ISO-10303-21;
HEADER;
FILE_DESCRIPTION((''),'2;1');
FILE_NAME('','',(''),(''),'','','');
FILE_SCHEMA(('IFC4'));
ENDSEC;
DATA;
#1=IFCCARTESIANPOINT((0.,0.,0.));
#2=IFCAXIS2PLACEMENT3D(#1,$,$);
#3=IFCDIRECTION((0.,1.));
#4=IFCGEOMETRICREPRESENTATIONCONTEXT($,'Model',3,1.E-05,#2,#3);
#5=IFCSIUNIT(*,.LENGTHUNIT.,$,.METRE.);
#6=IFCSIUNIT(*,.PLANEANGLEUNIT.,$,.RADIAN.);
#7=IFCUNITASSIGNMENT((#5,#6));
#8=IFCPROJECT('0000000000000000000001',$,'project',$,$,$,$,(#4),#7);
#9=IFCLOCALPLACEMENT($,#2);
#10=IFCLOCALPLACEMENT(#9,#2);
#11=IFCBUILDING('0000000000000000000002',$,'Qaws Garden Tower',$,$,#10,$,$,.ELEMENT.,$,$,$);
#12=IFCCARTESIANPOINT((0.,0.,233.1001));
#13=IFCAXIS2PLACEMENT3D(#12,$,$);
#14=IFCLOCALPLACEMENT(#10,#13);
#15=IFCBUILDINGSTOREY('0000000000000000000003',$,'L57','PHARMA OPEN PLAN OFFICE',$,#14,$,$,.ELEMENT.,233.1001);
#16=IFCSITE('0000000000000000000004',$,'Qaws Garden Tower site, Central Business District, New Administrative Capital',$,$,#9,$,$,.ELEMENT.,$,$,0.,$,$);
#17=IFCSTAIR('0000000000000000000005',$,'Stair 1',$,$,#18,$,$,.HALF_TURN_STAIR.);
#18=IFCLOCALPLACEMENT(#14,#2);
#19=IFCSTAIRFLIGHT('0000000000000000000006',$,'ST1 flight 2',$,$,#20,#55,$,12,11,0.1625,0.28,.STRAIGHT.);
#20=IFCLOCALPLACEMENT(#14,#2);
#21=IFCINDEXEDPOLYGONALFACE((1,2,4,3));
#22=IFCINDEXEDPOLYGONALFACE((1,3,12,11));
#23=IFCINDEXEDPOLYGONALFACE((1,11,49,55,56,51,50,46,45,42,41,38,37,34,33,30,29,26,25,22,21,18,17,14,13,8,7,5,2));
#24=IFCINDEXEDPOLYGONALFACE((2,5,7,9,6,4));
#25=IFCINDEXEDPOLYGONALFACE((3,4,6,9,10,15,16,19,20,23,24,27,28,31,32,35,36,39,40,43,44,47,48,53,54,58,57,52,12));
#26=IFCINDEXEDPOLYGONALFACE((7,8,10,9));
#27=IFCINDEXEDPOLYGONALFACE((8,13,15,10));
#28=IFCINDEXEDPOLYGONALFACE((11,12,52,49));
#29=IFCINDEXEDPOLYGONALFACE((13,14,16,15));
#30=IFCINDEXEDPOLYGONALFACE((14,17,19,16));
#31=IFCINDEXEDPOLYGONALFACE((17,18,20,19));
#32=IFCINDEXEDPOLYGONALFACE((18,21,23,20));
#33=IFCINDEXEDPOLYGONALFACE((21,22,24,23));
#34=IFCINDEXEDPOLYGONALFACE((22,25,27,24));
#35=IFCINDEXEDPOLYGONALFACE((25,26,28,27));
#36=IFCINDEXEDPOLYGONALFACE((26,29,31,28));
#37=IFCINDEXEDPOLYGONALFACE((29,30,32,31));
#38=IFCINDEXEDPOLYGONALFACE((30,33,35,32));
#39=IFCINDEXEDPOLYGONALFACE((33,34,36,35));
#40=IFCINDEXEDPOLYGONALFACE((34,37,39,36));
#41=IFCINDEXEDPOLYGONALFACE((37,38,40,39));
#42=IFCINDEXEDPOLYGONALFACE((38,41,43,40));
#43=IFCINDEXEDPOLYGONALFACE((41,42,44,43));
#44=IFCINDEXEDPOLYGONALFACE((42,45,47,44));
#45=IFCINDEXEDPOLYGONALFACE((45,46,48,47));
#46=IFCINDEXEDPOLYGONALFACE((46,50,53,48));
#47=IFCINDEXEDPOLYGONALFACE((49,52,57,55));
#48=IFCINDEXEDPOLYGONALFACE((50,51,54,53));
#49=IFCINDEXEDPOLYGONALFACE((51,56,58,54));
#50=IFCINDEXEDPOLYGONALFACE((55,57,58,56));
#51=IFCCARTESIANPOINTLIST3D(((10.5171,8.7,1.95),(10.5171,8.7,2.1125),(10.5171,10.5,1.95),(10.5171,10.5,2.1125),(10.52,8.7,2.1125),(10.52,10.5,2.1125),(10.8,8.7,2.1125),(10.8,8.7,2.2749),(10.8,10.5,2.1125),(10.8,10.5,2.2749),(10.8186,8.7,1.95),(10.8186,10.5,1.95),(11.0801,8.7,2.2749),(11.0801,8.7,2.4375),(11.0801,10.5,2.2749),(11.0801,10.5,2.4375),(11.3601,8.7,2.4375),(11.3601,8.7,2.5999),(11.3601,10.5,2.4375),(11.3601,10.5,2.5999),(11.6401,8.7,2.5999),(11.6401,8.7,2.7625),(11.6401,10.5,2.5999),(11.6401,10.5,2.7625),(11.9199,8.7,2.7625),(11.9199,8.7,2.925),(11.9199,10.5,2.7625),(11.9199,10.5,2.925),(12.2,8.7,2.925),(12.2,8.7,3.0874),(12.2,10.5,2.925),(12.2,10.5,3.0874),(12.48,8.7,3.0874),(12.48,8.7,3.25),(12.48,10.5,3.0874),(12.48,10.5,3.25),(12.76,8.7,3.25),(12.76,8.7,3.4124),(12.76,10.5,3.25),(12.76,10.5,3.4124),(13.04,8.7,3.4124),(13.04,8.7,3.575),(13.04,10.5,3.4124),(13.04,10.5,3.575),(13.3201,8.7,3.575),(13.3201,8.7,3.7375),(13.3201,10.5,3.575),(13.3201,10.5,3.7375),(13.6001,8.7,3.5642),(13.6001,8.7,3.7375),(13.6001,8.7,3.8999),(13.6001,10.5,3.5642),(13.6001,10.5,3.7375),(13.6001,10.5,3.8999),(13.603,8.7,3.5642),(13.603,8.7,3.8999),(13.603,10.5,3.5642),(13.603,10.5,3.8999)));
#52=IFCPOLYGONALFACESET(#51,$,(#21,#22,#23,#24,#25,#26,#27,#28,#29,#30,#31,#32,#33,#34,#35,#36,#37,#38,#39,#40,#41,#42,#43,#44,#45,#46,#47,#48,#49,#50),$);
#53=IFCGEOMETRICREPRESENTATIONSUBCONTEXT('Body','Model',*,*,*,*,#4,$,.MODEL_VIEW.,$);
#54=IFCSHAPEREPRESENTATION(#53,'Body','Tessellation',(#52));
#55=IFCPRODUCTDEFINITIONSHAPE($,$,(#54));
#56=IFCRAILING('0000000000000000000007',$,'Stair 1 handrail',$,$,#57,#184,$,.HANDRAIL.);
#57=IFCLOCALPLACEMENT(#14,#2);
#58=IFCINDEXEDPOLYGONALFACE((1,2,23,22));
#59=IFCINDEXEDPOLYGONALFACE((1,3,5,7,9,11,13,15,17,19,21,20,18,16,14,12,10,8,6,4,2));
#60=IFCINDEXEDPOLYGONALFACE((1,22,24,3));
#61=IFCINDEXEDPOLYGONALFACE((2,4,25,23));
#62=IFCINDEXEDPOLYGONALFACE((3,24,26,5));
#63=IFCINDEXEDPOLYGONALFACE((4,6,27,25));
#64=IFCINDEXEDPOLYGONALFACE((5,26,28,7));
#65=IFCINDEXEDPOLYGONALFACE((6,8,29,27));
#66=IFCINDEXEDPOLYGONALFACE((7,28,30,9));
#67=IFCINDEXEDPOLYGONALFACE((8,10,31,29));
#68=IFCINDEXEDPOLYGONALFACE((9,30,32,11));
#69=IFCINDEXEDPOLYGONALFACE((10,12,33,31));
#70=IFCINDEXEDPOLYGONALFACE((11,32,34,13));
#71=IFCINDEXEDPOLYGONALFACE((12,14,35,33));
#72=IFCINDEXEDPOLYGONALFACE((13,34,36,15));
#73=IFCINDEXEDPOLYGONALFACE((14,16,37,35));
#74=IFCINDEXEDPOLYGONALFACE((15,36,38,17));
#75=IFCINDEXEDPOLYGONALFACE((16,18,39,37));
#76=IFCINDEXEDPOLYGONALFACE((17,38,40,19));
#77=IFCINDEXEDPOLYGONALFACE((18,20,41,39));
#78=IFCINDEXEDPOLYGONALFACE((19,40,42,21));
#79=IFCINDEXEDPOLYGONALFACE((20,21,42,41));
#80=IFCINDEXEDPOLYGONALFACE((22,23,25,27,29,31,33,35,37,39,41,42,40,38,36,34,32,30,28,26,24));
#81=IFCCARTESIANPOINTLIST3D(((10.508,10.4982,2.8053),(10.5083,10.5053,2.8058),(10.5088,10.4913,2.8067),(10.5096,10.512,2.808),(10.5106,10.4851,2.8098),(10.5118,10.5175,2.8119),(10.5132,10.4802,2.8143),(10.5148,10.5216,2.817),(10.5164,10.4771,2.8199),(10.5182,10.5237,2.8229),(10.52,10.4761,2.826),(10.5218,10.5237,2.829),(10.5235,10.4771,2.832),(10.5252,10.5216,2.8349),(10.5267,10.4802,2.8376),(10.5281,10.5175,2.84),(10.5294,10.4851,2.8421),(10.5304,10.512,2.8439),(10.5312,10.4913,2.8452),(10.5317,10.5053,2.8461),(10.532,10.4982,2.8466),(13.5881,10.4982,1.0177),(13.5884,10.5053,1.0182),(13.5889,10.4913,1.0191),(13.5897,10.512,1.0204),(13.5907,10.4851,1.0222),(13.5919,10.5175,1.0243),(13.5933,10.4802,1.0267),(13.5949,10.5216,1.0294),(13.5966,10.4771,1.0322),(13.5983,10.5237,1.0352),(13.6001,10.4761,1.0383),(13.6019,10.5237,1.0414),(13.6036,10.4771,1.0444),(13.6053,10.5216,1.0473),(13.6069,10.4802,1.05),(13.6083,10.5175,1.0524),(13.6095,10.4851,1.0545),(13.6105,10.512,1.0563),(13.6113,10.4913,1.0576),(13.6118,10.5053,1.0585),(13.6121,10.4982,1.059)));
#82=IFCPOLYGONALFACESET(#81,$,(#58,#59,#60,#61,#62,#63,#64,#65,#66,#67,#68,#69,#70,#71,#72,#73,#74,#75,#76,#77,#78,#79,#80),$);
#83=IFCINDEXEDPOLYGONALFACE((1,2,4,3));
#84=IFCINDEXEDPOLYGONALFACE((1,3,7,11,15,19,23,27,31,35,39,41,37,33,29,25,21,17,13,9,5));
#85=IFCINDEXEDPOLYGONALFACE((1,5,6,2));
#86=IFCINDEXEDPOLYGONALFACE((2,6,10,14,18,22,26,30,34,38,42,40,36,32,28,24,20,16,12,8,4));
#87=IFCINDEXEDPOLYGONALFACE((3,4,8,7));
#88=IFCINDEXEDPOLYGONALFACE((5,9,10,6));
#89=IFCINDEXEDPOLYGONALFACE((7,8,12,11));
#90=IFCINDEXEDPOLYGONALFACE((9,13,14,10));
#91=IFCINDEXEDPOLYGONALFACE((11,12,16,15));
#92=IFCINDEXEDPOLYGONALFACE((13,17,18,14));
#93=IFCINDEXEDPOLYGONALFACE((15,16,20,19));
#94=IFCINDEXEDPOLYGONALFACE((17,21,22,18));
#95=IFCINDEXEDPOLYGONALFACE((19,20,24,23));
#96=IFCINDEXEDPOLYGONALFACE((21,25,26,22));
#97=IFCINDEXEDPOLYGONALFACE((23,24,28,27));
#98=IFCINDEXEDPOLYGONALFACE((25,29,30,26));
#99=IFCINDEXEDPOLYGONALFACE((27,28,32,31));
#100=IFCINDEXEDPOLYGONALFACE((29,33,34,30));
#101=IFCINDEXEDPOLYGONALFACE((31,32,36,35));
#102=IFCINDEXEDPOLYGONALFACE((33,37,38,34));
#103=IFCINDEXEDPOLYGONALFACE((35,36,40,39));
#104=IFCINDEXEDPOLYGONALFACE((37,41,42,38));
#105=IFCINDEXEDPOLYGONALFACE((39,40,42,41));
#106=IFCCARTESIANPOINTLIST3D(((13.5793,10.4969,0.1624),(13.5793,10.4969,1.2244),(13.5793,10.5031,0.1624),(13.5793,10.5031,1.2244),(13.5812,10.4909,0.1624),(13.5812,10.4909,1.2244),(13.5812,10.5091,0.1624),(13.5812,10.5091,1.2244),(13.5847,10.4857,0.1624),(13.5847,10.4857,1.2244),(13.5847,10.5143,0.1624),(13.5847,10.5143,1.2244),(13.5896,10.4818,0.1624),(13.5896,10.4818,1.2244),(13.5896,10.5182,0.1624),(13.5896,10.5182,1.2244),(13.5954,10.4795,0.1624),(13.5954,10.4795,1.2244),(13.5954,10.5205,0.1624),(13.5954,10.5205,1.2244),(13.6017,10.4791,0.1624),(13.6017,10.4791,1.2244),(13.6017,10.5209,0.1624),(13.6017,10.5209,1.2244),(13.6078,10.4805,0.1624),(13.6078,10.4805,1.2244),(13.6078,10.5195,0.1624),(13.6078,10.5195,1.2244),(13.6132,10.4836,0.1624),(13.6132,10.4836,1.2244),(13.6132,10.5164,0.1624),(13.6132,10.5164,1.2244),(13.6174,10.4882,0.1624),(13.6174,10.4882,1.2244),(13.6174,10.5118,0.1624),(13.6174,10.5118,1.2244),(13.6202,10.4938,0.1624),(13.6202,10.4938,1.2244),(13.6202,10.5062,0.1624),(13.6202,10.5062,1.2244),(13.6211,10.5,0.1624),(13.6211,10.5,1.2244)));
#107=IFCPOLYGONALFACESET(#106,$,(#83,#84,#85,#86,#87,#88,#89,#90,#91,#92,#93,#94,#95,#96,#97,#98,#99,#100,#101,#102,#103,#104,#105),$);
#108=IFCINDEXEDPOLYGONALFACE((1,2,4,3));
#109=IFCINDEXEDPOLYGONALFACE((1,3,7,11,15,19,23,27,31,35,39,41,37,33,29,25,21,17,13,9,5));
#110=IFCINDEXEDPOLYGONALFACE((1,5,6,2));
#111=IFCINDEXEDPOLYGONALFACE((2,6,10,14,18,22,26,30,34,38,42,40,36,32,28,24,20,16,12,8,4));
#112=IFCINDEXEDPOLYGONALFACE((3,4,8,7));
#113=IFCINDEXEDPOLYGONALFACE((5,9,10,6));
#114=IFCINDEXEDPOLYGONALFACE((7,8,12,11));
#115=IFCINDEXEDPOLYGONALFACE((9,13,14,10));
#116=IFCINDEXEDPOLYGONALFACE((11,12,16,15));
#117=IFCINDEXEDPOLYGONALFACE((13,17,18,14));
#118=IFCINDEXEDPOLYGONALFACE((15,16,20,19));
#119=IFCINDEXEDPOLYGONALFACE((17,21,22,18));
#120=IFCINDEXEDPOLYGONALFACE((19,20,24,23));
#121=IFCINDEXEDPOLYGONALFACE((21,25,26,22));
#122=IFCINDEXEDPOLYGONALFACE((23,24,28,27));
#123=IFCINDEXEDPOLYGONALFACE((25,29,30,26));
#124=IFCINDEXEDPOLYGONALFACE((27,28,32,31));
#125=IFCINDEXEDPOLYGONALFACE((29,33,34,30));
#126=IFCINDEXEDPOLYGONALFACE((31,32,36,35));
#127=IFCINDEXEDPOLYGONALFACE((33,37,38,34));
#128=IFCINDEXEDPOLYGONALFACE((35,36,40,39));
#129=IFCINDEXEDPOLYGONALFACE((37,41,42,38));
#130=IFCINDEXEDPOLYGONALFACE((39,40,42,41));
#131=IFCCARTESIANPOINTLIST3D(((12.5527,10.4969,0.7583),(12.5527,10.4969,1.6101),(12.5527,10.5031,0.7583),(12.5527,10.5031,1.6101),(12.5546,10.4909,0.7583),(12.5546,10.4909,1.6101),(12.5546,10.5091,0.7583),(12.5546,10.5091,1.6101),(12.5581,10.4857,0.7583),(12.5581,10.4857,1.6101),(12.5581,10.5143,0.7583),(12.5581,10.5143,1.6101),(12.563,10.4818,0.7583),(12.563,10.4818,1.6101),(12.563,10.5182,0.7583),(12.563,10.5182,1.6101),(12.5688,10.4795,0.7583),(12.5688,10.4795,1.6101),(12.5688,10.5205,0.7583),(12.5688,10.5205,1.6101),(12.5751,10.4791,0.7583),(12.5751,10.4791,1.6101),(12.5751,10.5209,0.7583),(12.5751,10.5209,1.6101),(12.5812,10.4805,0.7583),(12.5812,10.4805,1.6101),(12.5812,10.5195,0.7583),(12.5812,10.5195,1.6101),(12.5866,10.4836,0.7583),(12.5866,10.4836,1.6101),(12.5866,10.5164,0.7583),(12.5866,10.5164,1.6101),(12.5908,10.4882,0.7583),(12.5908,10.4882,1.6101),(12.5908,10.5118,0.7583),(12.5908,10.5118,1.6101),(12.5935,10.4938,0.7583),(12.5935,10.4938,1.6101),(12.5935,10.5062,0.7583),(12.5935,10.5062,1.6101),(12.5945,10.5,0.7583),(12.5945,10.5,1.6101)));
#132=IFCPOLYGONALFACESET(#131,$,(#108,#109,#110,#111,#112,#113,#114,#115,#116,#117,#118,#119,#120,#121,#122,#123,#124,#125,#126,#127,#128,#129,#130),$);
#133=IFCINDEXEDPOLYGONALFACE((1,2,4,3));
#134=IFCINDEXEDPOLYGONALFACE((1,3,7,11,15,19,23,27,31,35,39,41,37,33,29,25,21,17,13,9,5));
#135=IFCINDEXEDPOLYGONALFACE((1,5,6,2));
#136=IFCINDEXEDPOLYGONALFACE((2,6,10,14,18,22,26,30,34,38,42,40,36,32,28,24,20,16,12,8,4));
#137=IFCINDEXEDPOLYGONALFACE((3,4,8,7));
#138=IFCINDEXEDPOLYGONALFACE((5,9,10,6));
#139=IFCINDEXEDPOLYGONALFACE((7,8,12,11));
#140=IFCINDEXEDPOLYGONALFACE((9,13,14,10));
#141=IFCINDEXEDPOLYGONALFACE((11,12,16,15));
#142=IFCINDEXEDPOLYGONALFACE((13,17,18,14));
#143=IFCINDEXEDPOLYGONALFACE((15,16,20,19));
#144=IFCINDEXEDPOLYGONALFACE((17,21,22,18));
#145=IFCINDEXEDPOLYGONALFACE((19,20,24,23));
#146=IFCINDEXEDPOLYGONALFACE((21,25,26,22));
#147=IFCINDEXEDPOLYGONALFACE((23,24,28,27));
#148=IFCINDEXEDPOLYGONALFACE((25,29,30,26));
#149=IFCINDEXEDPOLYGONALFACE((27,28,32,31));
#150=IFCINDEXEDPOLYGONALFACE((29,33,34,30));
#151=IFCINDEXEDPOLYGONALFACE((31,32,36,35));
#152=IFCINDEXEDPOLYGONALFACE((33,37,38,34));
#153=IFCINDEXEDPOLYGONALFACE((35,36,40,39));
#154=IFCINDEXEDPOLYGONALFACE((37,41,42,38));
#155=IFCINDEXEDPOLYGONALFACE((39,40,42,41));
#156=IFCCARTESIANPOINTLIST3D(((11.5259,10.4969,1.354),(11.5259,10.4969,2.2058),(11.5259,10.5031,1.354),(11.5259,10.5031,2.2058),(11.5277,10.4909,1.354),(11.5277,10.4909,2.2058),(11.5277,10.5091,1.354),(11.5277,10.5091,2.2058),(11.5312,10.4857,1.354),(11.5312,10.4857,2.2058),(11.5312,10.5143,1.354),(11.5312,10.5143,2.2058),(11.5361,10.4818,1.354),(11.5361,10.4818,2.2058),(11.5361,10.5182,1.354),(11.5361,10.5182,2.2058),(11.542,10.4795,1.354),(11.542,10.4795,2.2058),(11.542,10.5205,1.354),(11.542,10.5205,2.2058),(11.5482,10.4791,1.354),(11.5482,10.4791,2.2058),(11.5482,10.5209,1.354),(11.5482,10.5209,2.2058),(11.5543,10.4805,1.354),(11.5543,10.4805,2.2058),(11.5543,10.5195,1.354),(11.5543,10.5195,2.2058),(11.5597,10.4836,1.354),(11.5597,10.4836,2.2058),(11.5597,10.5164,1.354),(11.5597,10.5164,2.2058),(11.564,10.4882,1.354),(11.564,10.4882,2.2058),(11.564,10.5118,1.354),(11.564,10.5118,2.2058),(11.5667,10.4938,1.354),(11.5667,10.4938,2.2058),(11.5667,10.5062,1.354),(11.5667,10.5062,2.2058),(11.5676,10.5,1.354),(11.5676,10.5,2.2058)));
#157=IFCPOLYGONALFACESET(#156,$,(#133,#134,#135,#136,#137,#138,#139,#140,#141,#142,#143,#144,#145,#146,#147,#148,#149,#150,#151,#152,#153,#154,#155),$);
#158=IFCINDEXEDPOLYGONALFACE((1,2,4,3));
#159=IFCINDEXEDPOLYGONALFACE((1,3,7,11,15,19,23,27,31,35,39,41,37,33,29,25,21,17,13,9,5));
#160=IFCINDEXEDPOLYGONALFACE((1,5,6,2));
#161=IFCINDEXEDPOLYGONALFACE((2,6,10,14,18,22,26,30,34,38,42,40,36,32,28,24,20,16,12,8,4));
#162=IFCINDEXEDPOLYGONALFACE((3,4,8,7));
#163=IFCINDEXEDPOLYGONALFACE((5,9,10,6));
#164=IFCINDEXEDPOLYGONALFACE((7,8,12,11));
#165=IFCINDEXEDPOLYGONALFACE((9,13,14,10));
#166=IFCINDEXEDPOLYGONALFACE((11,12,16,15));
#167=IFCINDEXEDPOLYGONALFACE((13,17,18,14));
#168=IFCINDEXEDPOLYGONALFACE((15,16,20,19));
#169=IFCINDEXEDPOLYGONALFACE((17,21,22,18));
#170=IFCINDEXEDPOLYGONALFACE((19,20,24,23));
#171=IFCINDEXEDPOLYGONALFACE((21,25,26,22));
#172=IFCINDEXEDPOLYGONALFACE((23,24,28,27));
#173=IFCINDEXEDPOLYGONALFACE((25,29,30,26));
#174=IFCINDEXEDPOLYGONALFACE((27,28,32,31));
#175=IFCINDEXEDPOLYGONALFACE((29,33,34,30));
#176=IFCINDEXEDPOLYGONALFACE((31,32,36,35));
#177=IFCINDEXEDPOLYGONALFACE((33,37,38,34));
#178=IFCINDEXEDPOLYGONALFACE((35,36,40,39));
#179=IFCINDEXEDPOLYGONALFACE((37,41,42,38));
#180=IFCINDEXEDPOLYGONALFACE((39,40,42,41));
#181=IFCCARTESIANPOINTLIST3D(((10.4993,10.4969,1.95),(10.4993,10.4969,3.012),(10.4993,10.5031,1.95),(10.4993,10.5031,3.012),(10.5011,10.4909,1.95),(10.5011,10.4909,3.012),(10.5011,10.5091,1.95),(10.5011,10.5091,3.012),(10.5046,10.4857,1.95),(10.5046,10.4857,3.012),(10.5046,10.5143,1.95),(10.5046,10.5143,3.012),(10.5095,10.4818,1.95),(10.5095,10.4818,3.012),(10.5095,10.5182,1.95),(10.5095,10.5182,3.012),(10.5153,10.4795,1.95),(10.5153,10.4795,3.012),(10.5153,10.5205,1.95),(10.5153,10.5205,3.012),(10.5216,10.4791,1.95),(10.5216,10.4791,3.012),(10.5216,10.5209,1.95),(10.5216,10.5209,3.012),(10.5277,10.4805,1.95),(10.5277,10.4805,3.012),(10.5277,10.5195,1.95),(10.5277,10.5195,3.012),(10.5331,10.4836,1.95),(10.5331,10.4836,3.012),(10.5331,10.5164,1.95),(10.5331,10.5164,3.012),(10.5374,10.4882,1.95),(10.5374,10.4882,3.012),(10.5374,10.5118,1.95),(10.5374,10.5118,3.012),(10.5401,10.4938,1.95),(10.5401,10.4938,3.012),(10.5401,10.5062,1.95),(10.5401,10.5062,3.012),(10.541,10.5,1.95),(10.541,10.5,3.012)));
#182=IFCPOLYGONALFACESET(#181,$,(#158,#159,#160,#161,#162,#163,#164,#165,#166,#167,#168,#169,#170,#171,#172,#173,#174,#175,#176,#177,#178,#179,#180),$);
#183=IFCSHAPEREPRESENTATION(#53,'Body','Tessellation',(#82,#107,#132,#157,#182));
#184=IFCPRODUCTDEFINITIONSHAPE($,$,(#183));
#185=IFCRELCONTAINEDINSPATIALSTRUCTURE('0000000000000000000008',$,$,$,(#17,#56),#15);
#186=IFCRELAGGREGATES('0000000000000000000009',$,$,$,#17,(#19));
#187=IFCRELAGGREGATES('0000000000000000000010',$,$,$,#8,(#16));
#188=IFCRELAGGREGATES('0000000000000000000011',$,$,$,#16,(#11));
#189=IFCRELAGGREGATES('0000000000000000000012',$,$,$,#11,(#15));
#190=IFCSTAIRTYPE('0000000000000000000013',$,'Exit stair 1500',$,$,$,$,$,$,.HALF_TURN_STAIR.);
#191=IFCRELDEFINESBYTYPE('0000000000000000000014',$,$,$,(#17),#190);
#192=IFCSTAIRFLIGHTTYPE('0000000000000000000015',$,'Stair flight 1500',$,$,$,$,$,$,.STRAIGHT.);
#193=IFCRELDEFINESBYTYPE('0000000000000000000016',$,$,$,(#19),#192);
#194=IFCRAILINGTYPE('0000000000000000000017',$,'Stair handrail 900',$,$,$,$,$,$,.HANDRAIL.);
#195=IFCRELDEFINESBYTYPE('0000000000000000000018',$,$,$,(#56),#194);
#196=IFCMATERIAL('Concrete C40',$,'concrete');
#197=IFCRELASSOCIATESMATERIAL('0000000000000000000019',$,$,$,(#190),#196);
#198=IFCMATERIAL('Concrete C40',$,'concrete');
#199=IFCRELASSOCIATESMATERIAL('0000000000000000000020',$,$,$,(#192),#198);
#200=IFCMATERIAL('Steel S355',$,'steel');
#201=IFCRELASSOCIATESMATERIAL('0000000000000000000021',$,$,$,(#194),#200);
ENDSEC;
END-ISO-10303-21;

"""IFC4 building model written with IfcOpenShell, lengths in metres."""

from ifc_helpers import new_model, si_unit, direction, frame, origin, origin_2d, place, context, subcontext, project, spatial, polyline, circle, outline, extrude, material, type_object, element, aggregate, save


model = new_model("IFC4")

# Units and contexts
model_context = context("Model", 3, precision=1e-05, world=origin(), true_north=direction((0.0, 1.0)))
body_context = subcontext(model_context, "Body", "Model", "MODEL_VIEW")
ifc_project = project(units=[si_unit("LENGTHUNIT", "METRE"), si_unit("PLANEANGLEUNIT", "RADIAN")], contexts=[model_context])

# Site, building, storey
site_placement = place(None, origin())
site = spatial("IfcSite", under=ifc_project, at=site_placement, Name="Qaws Garden Tower site, Central Business District, New Administrative Capital", CompositionType="ELEMENT", RefElevation=0.0)
building_placement = place(site_placement, origin())
building = spatial("IfcBuilding", under=site, at=building_placement, Name="Qaws Garden Tower", CompositionType="ELEMENT")
storey_placement = place(building_placement, frame((0.0, 0.0, 233.1001)))
storey = spatial("IfcBuildingStorey", under=building, at=storey_placement, Name="L57", Description="PHARMA OPEN PLAN OFFICE", CompositionType="ELEMENT", Elevation=233.1001)

# Stair, stair flight
ifc_material_1 = material(Name="Concrete C40", Category="concrete")
stair_type = type_object("IfcStairType", Name="Exit stair 1500", PredefinedType="HALF_TURN_STAIR", material=ifc_material_1)
stair_placement = place(storey_placement, origin())
stair = element("IfcStair", 1, at=stair_placement, inside=storey, type_object=stair_type, Name="Stair 1", PredefinedType="HALF_TURN_STAIR")
ifc_material_2 = material(Name="Concrete C40", Category="concrete")
stair_flight_type = type_object("IfcStairFlightType", Name="Stair flight 1500", PredefinedType="STRAIGHT", material=ifc_material_2)
stair_flight_1_placement = place(storey_placement, frame((10.52, 9.6001, 1.95), z_axis=(0.0, 0.0, 1.0), x_axis=(1.0, 0.0, 0.0)))
stair_flight_1 = element("IfcStairFlight", 2, at=stair_flight_1_placement, type_object=stair_flight_type, Name="ST1 flight 2", NumberOfRisers=12, NumberOfTreads=11, PredefinedType="STRAIGHT", RiserHeight=0.1625, TreadLength=0.28, context=body_context, shape_type="SweptSolid", body=[
    extrude(outline(polyline([(-0.0029, 0.0), (-0.0029, 0.1626), (0.0, 0.1626), (0.28, 0.1626), (0.28, 0.325), (0.5601, 0.325), (0.5601, 0.4875), (0.8401, 0.4875), (0.8401, 0.6499), (1.1201, 0.6499), (1.1201, 0.8125), (1.3999, 0.8125), (1.3999, 0.9751), (1.6799, 0.9751), (1.6799, 1.1375), (1.96, 1.1375), (1.96, 1.3), (2.24, 1.3), (2.24, 1.4624), (2.52, 1.4624), (2.52, 1.625), (2.8, 1.625), (2.8, 1.7876), (3.0801, 1.7876), (3.0801, 1.95), (3.083, 1.95), (3.083, 1.6143), (3.0801, 1.6143), (0.2986, 0.0), (-0.0029, 0.0)])), frame((0.0, 0.8999, 0.0), z_axis=(0.0, -1.0, 0.0), x_axis=(1.0, 0.0, 0.0)), (0.0, 0.0, 1.0), 1.8),
])
aggregate(stair, [stair_flight_1])

# Railing
ifc_material_3 = material(Name="Steel S355", Category="steel")
railing_type = type_object("IfcRailingType", Name="Stair handrail 900", PredefinedType="HANDRAIL", material=ifc_material_3)
railing_1_placement = place(storey_placement, frame((13.6001, 10.5, 0.1624)))
element("IfcRailing", 3, at=railing_1_placement, inside=storey, type_object=railing_type, Name="Stair 1 handrail", PredefinedType="HANDRAIL", context=body_context, shape_type="SweptSolid", body=[
    extrude(circle(Radius=0.0239, at=origin_2d()), frame((0.0, 0.0, 0.876), z_axis=(-0.864891, 0.0, 0.50196), x_axis=(0.0, -1.0, 0.0)), (0.0, 0.0, 1.0), 3.5613),
    extrude(circle(Radius=0.021, at=origin_2d()), origin(), (0.0, 0.0, 1.0), 1.062),
    extrude(circle(Radius=0.021, at=origin_2d()), frame((-1.0266, 0.0, 0.5959)), (0.0, 0.0, 1.0), 0.8518),
    extrude(circle(Radius=0.021, at=origin_2d()), frame((-2.0535, 0.0, 1.1917)), (0.0, 0.0, 1.0), 0.8518),
    extrude(circle(Radius=0.021, at=origin_2d()), frame((-3.0801, 0.0, 1.7876)), (0.0, 0.0, 1.0), 1.062),
])

save(model, "model.ifc")
